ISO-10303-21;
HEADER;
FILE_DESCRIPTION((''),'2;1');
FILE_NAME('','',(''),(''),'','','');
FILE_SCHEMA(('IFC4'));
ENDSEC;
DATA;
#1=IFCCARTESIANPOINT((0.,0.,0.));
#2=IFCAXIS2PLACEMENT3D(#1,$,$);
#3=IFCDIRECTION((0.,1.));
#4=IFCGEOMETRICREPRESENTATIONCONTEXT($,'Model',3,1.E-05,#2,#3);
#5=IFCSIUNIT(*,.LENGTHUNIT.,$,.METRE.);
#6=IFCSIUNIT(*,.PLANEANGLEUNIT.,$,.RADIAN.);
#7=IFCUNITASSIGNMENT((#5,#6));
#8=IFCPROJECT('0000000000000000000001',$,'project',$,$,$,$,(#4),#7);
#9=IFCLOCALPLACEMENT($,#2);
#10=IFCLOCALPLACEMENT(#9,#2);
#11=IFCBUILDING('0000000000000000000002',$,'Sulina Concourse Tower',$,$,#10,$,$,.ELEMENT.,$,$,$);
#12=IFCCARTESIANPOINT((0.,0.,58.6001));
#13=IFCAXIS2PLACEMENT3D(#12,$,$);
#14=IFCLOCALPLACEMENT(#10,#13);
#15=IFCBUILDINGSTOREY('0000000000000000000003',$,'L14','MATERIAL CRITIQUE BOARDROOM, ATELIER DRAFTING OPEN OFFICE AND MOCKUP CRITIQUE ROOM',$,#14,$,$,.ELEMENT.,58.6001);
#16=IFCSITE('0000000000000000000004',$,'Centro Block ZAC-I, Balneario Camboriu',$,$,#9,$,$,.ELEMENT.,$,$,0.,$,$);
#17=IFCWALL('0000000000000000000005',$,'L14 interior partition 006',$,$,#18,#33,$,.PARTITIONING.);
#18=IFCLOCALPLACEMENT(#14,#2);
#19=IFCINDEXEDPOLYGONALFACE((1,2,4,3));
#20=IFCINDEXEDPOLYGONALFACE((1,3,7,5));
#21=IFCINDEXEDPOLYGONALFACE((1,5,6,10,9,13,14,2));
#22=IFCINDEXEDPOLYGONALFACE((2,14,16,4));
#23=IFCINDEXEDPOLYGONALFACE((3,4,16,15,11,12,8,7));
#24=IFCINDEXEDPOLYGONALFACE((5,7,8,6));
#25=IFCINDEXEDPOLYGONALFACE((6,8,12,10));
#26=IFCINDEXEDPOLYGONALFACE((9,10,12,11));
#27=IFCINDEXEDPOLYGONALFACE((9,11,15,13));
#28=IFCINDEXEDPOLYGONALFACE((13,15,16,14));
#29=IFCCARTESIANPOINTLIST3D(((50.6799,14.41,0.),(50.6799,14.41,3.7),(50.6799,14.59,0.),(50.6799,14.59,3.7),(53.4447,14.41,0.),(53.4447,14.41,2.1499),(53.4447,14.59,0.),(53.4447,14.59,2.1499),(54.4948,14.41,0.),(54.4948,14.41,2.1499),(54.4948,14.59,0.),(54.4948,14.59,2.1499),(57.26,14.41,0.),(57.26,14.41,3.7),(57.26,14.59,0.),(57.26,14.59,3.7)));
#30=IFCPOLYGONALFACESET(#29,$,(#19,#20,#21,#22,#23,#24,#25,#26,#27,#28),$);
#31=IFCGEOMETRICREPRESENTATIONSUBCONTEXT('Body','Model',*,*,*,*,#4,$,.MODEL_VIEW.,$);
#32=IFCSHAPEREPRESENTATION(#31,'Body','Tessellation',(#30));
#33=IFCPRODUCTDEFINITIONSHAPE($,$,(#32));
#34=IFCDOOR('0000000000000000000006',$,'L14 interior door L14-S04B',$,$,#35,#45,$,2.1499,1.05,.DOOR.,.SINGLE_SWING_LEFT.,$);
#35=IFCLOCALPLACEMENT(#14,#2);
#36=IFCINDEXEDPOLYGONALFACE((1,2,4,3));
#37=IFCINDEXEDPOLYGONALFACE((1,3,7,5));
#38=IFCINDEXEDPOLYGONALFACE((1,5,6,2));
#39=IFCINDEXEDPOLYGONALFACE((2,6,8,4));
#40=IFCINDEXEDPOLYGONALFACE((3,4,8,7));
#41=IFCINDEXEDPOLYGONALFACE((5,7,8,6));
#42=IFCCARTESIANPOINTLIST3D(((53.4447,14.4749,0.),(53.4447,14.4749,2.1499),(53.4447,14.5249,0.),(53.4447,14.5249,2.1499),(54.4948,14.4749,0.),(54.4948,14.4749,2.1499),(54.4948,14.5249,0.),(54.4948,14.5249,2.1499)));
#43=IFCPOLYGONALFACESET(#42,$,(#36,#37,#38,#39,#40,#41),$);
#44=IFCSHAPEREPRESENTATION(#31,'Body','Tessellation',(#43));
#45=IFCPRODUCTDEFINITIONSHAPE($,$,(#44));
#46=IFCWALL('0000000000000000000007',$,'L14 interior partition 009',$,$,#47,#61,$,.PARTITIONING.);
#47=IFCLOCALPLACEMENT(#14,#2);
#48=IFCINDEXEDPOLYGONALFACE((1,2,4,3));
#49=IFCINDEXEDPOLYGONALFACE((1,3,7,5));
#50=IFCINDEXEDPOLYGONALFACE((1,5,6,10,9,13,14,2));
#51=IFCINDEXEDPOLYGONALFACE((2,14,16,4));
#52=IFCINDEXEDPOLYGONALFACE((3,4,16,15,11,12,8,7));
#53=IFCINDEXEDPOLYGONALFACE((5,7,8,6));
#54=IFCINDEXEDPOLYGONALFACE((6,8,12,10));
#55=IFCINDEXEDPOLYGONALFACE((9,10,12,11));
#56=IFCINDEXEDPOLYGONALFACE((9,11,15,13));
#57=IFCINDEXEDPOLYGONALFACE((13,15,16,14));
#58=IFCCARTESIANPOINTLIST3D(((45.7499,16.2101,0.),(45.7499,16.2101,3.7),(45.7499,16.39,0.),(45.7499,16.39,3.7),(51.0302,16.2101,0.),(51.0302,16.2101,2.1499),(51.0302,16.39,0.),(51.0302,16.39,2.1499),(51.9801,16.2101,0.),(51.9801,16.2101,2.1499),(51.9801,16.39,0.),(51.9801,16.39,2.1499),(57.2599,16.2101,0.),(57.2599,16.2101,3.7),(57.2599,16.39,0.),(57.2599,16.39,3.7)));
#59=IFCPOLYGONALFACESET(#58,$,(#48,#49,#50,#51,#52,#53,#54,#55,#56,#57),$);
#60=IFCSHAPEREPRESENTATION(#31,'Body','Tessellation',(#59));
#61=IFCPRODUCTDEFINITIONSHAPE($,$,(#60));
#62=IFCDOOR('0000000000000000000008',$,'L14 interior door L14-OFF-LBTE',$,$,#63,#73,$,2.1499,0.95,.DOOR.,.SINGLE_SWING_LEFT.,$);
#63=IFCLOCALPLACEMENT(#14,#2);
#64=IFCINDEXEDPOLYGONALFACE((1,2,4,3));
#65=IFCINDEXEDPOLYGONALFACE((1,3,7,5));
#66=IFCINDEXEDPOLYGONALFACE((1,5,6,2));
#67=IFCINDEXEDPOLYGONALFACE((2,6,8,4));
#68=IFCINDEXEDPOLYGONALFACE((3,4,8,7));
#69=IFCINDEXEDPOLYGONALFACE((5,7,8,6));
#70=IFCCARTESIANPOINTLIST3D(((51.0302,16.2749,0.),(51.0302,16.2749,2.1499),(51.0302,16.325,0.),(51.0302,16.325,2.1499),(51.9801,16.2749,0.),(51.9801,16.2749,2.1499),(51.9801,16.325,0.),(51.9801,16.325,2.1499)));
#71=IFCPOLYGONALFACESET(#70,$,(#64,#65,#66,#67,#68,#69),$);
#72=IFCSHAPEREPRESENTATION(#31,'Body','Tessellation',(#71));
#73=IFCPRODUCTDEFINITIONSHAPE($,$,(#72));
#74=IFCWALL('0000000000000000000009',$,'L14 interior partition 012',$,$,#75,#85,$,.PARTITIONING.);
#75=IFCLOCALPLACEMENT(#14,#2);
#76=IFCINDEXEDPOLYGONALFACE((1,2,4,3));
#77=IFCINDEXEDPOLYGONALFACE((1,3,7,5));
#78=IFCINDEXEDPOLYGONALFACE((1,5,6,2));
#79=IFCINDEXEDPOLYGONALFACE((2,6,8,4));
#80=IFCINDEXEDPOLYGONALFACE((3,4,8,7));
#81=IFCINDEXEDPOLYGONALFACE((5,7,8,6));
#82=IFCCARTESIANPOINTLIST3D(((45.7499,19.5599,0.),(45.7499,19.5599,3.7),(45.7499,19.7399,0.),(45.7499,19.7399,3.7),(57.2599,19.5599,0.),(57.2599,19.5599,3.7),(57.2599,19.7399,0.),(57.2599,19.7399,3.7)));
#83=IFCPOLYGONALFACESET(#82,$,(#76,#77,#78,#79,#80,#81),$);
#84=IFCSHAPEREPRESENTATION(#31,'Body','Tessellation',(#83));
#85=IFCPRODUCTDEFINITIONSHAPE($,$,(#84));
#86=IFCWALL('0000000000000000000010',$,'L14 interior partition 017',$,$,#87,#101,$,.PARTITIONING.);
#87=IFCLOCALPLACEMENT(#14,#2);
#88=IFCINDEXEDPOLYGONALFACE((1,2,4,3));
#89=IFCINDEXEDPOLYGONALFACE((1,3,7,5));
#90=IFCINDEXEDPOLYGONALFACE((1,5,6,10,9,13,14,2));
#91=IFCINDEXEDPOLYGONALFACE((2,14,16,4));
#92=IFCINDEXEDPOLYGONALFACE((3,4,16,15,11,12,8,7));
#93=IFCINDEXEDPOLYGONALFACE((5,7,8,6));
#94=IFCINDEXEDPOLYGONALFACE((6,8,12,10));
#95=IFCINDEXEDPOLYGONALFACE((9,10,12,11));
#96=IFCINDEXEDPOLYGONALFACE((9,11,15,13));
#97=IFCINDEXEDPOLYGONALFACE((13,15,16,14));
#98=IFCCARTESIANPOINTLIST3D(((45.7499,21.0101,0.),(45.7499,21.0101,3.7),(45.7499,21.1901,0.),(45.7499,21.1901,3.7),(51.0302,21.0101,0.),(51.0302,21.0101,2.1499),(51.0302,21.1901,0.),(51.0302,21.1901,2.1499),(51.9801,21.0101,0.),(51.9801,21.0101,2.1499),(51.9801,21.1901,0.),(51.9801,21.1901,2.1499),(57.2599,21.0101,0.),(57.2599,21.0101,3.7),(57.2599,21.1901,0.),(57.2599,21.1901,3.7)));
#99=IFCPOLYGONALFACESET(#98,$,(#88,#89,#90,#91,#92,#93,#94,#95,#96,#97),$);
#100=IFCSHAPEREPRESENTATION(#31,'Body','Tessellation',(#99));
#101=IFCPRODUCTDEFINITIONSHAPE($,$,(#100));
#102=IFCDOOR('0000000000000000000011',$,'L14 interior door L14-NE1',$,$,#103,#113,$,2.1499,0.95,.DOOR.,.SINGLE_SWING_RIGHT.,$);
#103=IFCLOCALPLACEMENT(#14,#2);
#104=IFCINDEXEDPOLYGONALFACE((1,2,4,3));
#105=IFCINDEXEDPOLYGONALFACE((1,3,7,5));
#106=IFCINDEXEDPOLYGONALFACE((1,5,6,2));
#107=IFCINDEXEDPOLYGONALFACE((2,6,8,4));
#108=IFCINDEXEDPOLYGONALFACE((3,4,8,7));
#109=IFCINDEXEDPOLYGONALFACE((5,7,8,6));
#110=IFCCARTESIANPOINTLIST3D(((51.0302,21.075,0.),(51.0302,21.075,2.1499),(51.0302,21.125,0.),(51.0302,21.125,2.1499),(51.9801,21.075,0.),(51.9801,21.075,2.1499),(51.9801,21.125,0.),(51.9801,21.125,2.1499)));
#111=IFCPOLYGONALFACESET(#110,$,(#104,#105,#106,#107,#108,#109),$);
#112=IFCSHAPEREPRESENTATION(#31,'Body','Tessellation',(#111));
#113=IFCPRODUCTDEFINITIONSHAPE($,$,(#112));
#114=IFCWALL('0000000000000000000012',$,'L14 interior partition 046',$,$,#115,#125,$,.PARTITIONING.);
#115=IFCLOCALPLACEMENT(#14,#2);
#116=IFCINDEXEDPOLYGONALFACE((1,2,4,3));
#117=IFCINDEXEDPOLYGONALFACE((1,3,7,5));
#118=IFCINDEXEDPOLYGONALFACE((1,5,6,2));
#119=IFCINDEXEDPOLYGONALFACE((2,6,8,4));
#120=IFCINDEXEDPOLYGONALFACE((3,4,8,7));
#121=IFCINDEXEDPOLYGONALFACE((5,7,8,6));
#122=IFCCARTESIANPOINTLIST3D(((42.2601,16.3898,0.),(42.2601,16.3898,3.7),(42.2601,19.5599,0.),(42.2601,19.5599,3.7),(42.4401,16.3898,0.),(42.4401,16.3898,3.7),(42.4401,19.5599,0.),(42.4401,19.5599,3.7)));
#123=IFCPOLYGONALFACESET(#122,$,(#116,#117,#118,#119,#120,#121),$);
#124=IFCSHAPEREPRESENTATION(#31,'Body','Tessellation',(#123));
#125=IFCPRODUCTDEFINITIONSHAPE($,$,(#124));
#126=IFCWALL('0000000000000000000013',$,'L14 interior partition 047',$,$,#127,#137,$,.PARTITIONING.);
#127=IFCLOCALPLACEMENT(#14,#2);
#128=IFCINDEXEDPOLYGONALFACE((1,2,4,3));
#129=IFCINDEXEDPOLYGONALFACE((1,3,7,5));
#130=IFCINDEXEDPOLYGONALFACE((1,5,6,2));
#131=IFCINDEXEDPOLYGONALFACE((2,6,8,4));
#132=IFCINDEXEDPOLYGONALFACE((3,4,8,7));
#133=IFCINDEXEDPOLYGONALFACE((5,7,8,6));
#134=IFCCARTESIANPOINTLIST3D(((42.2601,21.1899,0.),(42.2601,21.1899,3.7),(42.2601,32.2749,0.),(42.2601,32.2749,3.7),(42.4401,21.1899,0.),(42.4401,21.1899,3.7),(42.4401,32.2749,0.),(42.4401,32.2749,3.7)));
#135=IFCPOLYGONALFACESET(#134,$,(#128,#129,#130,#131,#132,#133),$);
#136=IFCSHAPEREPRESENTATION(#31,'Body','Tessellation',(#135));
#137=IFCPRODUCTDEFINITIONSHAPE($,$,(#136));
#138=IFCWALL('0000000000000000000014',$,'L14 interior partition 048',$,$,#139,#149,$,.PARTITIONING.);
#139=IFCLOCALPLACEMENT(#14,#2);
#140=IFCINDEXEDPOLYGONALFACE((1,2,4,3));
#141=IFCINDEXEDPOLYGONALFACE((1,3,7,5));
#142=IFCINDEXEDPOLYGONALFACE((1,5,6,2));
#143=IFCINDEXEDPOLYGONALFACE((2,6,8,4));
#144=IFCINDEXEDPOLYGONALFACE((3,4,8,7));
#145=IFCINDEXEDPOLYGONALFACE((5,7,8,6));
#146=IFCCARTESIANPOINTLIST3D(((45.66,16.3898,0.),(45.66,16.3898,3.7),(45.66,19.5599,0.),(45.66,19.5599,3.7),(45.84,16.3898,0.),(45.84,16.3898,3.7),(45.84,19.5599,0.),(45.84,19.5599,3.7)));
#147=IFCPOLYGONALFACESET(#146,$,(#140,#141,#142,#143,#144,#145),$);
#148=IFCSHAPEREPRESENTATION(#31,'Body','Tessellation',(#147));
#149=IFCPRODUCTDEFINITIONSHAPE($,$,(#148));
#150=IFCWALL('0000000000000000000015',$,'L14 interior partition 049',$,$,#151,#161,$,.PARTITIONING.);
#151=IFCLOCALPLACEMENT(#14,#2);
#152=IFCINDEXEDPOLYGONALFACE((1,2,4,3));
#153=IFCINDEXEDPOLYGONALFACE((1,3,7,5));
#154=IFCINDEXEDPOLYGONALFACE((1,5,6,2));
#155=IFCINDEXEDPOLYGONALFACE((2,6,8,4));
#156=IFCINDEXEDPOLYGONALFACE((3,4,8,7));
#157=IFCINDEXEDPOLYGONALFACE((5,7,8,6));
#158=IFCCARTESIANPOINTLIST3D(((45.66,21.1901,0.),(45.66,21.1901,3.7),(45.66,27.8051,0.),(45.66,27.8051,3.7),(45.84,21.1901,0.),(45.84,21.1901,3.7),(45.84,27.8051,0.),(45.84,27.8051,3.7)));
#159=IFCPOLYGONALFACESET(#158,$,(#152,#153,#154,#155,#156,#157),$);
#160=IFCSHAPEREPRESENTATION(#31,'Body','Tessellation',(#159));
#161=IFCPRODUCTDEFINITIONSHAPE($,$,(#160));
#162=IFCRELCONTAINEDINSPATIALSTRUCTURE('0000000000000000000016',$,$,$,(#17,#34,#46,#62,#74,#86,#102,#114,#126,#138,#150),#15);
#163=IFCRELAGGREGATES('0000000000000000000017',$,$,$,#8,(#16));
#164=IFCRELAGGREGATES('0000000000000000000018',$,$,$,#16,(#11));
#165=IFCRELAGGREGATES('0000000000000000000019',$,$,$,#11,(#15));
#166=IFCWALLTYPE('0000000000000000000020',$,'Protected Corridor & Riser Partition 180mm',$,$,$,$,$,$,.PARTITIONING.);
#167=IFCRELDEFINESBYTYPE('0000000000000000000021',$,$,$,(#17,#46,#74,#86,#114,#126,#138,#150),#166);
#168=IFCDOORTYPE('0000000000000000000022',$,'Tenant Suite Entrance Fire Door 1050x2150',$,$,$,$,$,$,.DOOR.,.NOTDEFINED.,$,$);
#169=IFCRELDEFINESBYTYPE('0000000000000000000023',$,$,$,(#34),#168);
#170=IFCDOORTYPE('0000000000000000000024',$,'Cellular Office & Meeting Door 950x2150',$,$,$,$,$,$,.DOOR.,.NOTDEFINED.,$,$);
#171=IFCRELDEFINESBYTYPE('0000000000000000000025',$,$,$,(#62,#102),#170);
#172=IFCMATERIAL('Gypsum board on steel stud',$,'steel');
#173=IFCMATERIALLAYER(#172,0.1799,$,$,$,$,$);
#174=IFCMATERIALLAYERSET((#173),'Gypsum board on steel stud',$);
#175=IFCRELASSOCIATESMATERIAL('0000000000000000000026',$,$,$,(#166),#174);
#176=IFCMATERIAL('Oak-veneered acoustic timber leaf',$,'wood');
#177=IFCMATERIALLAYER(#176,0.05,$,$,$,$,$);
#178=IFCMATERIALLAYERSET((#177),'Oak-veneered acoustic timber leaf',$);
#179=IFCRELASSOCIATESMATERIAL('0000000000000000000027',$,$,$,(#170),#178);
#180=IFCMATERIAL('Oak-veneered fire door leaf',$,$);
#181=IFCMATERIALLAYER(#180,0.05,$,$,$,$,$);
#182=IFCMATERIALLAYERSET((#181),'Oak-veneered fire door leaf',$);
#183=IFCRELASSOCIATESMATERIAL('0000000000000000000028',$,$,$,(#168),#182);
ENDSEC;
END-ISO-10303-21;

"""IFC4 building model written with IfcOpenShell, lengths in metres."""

from ifc_helpers import new_model, si_unit, direction, frame, frame_2d, origin, place, context, subcontext, project, spatial, rectangle, extrude, material, layer, layer_set, type_object, element, fill, save


model = new_model("IFC4")

# Units and contexts
model_context = context("Model", 3, precision=1e-05, world=origin(), true_north=direction((0.0, 1.0)))
body_context = subcontext(model_context, "Body", "Model", "MODEL_VIEW")
ifc_project = project(units=[si_unit("LENGTHUNIT", "METRE"), si_unit("PLANEANGLEUNIT", "RADIAN")], contexts=[model_context])

# Site, building, storey
site_placement = place(None, origin())
site = spatial("IfcSite", under=ifc_project, at=site_placement, Name="Centro Block ZAC-I, Balneario Camboriu", CompositionType="ELEMENT", RefElevation=0.0)
building_placement = place(site_placement, origin())
building = spatial("IfcBuilding", under=site, at=building_placement, Name="Sulina Concourse Tower", CompositionType="ELEMENT")
storey_placement = place(building_placement, frame((0.0, 0.0, 58.6001)))
storey = spatial("IfcBuildingStorey", under=building, at=storey_placement, Name="L14", Description="MATERIAL CRITIQUE BOARDROOM, ATELIER DRAFTING OPEN OFFICE AND MOCKUP CRITIQUE ROOM", CompositionType="ELEMENT", Elevation=58.6001)

# Walls, openings, doors
ifc_material_1 = material(Name="Gypsum board on steel stud", Category="steel")
ifc_layer_1 = layer(ifc_material_1, 0.1799)
ifc_layer_set_1 = layer_set([ifc_layer_1], Name="Gypsum board on steel stud")
wall_type_1 = type_object("IfcWallType", Name="Protected Corridor & Riser Partition 180mm", PredefinedType="PARTITIONING", material=ifc_layer_set_1)
ifc_material_2 = material(Name="Oak-veneered acoustic timber leaf", Category="wood")
ifc_layer_2 = layer(ifc_material_2, 0.05)
ifc_layer_set_2 = layer_set([ifc_layer_2], Name="Oak-veneered acoustic timber leaf")
door_type_1 = type_object("IfcDoorType", Name="Cellular Office & Meeting Door 950x2150", OperationType="NOTDEFINED", PredefinedType="DOOR", material=ifc_layer_set_2)
wall_1_placement = place(storey_placement, frame((50.6799, 14.5, 0.0), z_axis=(0.0, 0.0, 1.0), x_axis=(1.0, 0.0, 0.0)))
wall_1 = element("IfcWall", 1, at=wall_1_placement, inside=storey, type_object=wall_type_1, Name="L14 interior partition 006", PredefinedType="PARTITIONING", context=body_context, shape_type="SweptSolid", body=[
    extrude(rectangle(XDim=6.5801, YDim=0.1799, at=frame_2d((3.29, 0.0))), origin(), (0.0, 0.0, 1.0), 3.7),
])
opening_1_placement = place(wall_1_placement, frame((2.7649, 0.0, 0.0)))
opening_1 = element("IfcOpeningElement", 2, at=opening_1_placement, cuts=wall_1, PredefinedType="OPENING", context=body_context, shape_type="SweptSolid", body=[
    extrude(rectangle(XDim=1.05, YDim=2.1499, at=frame_2d((0.5249, 1.075))), frame((0.0, 0.0999, 0.0), z_axis=(0.0, -1.0, 0.0), x_axis=(1.0, 0.0, 0.0)), (0.0, 0.0, 1.0), 0.2),
])
ifc_material_3 = material(Name="Oak-veneered fire door leaf")
ifc_layer_3 = layer(ifc_material_3, 0.05)
ifc_layer_set_3 = layer_set([ifc_layer_3], Name="Oak-veneered fire door leaf")
door_type_2 = type_object("IfcDoorType", Name="Tenant Suite Entrance Fire Door 1050x2150", OperationType="NOTDEFINED", PredefinedType="DOOR", material=ifc_layer_set_3)
door_1_placement = place(opening_1_placement, origin())
door_1 = element("IfcDoor", 3, at=door_1_placement, inside=storey, type_object=door_type_2, Name="L14 interior door L14-S04B", OperationType="SINGLE_SWING_LEFT", OverallHeight=2.1499, OverallWidth=1.05, PredefinedType="DOOR", context=body_context, shape_type="SweptSolid", body=[
    extrude(rectangle(XDim=1.05, YDim=2.1499, at=frame_2d((0.5249, 1.075))), frame((0.0, 0.0249, 0.0), z_axis=(0.0, -1.0, 0.0), x_axis=(1.0, 0.0, 0.0)), (0.0, 0.0, 1.0), 0.05),
])
fill(opening_1, door_1)
wall_2_placement = place(storey_placement, frame((45.75, 16.3, 0.0), z_axis=(0.0, 0.0, 1.0), x_axis=(1.0, 0.0, 0.0)))
wall_2 = element("IfcWall", 4, at=wall_2_placement, inside=storey, type_object=wall_type_1, Name="L14 interior partition 009", PredefinedType="PARTITIONING", context=body_context, shape_type="SweptSolid", body=[
    extrude(rectangle(XDim=11.51, YDim=0.1799, at=frame_2d((5.7549, 0.0))), origin(), (0.0, 0.0, 1.0), 3.7),
])
opening_2_placement = place(wall_2_placement, frame((5.28, 0.0, 0.0)))
opening_2 = element("IfcOpeningElement", 5, at=opening_2_placement, cuts=wall_2, PredefinedType="OPENING", context=body_context, shape_type="SweptSolid", body=[
    extrude(rectangle(XDim=0.95, YDim=2.1499, at=frame_2d((0.4751, 1.075))), frame((0.0, 0.0999, 0.0), z_axis=(0.0, -1.0, 0.0), x_axis=(1.0, 0.0, 0.0)), (0.0, 0.0, 1.0), 0.2),
])
door_2_placement = place(opening_2_placement, origin())
door_2 = element("IfcDoor", 6, at=door_2_placement, inside=storey, type_object=door_type_1, Name="L14 interior door L14-OFF-LBTE", OperationType="SINGLE_SWING_LEFT", OverallHeight=2.1499, OverallWidth=0.95, PredefinedType="DOOR", context=body_context, shape_type="SweptSolid", body=[
    extrude(rectangle(XDim=0.95, YDim=2.1499, at=frame_2d((0.4751, 1.075))), frame((0.0, 0.0249, 0.0), z_axis=(0.0, -1.0, 0.0), x_axis=(1.0, 0.0, 0.0)), (0.0, 0.0, 1.0), 0.05),
])
fill(opening_2, door_2)

# Wall
wall_3_placement = place(storey_placement, frame((45.75, 19.6499, 0.0), z_axis=(0.0, 0.0, 1.0), x_axis=(1.0, 0.0, 0.0)))
element("IfcWall", 7, at=wall_3_placement, inside=storey, type_object=wall_type_1, Name="L14 interior partition 012", PredefinedType="PARTITIONING", context=body_context, shape_type="SweptSolid", body=[
    extrude(rectangle(XDim=11.51, YDim=0.1799, at=frame_2d((5.7549, 0.0))), origin(), (0.0, 0.0, 1.0), 3.7),
])

# Wall, opening, door
wall_4_placement = place(storey_placement, frame((45.75, 21.1001, 0.0), z_axis=(0.0, 0.0, 1.0), x_axis=(1.0, 0.0, 0.0)))
wall_4 = element("IfcWall", 8, at=wall_4_placement, inside=storey, type_object=wall_type_1, Name="L14 interior partition 017", PredefinedType="PARTITIONING", context=body_context, shape_type="SweptSolid", body=[
    extrude(rectangle(XDim=11.51, YDim=0.1799, at=frame_2d((5.7549, 0.0))), origin(), (0.0, 0.0, 1.0), 3.7),
])
opening_3_placement = place(wall_4_placement, frame((5.28, 0.0, 0.0)))
opening_3 = element("IfcOpeningElement", 9, at=opening_3_placement, cuts=wall_4, PredefinedType="OPENING", context=body_context, shape_type="SweptSolid", body=[
    extrude(rectangle(XDim=0.95, YDim=2.1499, at=frame_2d((0.4751, 1.075))), frame((0.0, 0.0999, 0.0), z_axis=(0.0, -1.0, 0.0), x_axis=(1.0, 0.0, 0.0)), (0.0, 0.0, 1.0), 0.2),
])
door_3_placement = place(opening_3_placement, origin())
door_3 = element("IfcDoor", 10, at=door_3_placement, inside=storey, type_object=door_type_1, Name="L14 interior door L14-NE1", OperationType="SINGLE_SWING_RIGHT", OverallHeight=2.1499, OverallWidth=0.95, PredefinedType="DOOR", context=body_context, shape_type="SweptSolid", body=[
    extrude(rectangle(XDim=0.95, YDim=2.1499, at=frame_2d((0.4751, 1.075))), frame((0.0, 0.0249, 0.0), z_axis=(0.0, -1.0, 0.0), x_axis=(1.0, 0.0, 0.0)), (0.0, 0.0, 1.0), 0.05),
])
fill(opening_3, door_3)

# Walls
wall_5_placement = place(storey_placement, frame((42.3501, 16.3899, 0.0), z_axis=(0.0, 0.0, 1.0), x_axis=(0.0, 1.0, 0.0)))
element("IfcWall", 11, at=wall_5_placement, inside=storey, type_object=wall_type_1, Name="L14 interior partition 046", PredefinedType="PARTITIONING", context=body_context, shape_type="SweptSolid", body=[
    extrude(rectangle(XDim=3.1702, YDim=0.1799, at=frame_2d((1.585, 0.0))), origin(), (0.0, 0.0, 1.0), 3.7),
])
wall_6_placement = place(storey_placement, frame((42.3501, 21.1899, 0.0), z_axis=(0.0, 0.0, 1.0), x_axis=(0.0, 1.0, 0.0)))
element("IfcWall", 12, at=wall_6_placement, inside=storey, type_object=wall_type_1, Name="L14 interior partition 047", PredefinedType="PARTITIONING", context=body_context, shape_type="SweptSolid", body=[
    extrude(rectangle(XDim=11.085, YDim=0.1799, at=frame_2d((5.5425, 0.0))), origin(), (0.0, 0.0, 1.0), 3.7),
])
wall_7_placement = place(storey_placement, frame((45.75, 16.3899, 0.0), z_axis=(0.0, 0.0, 1.0), x_axis=(0.0, 1.0, 0.0)))
element("IfcWall", 13, at=wall_7_placement, inside=storey, type_object=wall_type_1, Name="L14 interior partition 048", PredefinedType="PARTITIONING", context=body_context, shape_type="SweptSolid", body=[
    extrude(rectangle(XDim=3.1702, YDim=0.1799, at=frame_2d((1.585, 0.0))), origin(), (0.0, 0.0, 1.0), 3.7),
])
wall_8_placement = place(storey_placement, frame((45.75, 21.1899, 0.0), z_axis=(0.0, 0.0, 1.0), x_axis=(0.0, 1.0, 0.0)))
element("IfcWall", 14, at=wall_8_placement, inside=storey, type_object=wall_type_1, Name="L14 interior partition 049", PredefinedType="PARTITIONING", context=body_context, shape_type="SweptSolid", body=[
    extrude(rectangle(XDim=6.615, YDim=0.1799, at=frame_2d((3.3076, 0.0))), origin(), (0.0, 0.0, 1.0), 3.7),
])

save(model, "model.ifc")
